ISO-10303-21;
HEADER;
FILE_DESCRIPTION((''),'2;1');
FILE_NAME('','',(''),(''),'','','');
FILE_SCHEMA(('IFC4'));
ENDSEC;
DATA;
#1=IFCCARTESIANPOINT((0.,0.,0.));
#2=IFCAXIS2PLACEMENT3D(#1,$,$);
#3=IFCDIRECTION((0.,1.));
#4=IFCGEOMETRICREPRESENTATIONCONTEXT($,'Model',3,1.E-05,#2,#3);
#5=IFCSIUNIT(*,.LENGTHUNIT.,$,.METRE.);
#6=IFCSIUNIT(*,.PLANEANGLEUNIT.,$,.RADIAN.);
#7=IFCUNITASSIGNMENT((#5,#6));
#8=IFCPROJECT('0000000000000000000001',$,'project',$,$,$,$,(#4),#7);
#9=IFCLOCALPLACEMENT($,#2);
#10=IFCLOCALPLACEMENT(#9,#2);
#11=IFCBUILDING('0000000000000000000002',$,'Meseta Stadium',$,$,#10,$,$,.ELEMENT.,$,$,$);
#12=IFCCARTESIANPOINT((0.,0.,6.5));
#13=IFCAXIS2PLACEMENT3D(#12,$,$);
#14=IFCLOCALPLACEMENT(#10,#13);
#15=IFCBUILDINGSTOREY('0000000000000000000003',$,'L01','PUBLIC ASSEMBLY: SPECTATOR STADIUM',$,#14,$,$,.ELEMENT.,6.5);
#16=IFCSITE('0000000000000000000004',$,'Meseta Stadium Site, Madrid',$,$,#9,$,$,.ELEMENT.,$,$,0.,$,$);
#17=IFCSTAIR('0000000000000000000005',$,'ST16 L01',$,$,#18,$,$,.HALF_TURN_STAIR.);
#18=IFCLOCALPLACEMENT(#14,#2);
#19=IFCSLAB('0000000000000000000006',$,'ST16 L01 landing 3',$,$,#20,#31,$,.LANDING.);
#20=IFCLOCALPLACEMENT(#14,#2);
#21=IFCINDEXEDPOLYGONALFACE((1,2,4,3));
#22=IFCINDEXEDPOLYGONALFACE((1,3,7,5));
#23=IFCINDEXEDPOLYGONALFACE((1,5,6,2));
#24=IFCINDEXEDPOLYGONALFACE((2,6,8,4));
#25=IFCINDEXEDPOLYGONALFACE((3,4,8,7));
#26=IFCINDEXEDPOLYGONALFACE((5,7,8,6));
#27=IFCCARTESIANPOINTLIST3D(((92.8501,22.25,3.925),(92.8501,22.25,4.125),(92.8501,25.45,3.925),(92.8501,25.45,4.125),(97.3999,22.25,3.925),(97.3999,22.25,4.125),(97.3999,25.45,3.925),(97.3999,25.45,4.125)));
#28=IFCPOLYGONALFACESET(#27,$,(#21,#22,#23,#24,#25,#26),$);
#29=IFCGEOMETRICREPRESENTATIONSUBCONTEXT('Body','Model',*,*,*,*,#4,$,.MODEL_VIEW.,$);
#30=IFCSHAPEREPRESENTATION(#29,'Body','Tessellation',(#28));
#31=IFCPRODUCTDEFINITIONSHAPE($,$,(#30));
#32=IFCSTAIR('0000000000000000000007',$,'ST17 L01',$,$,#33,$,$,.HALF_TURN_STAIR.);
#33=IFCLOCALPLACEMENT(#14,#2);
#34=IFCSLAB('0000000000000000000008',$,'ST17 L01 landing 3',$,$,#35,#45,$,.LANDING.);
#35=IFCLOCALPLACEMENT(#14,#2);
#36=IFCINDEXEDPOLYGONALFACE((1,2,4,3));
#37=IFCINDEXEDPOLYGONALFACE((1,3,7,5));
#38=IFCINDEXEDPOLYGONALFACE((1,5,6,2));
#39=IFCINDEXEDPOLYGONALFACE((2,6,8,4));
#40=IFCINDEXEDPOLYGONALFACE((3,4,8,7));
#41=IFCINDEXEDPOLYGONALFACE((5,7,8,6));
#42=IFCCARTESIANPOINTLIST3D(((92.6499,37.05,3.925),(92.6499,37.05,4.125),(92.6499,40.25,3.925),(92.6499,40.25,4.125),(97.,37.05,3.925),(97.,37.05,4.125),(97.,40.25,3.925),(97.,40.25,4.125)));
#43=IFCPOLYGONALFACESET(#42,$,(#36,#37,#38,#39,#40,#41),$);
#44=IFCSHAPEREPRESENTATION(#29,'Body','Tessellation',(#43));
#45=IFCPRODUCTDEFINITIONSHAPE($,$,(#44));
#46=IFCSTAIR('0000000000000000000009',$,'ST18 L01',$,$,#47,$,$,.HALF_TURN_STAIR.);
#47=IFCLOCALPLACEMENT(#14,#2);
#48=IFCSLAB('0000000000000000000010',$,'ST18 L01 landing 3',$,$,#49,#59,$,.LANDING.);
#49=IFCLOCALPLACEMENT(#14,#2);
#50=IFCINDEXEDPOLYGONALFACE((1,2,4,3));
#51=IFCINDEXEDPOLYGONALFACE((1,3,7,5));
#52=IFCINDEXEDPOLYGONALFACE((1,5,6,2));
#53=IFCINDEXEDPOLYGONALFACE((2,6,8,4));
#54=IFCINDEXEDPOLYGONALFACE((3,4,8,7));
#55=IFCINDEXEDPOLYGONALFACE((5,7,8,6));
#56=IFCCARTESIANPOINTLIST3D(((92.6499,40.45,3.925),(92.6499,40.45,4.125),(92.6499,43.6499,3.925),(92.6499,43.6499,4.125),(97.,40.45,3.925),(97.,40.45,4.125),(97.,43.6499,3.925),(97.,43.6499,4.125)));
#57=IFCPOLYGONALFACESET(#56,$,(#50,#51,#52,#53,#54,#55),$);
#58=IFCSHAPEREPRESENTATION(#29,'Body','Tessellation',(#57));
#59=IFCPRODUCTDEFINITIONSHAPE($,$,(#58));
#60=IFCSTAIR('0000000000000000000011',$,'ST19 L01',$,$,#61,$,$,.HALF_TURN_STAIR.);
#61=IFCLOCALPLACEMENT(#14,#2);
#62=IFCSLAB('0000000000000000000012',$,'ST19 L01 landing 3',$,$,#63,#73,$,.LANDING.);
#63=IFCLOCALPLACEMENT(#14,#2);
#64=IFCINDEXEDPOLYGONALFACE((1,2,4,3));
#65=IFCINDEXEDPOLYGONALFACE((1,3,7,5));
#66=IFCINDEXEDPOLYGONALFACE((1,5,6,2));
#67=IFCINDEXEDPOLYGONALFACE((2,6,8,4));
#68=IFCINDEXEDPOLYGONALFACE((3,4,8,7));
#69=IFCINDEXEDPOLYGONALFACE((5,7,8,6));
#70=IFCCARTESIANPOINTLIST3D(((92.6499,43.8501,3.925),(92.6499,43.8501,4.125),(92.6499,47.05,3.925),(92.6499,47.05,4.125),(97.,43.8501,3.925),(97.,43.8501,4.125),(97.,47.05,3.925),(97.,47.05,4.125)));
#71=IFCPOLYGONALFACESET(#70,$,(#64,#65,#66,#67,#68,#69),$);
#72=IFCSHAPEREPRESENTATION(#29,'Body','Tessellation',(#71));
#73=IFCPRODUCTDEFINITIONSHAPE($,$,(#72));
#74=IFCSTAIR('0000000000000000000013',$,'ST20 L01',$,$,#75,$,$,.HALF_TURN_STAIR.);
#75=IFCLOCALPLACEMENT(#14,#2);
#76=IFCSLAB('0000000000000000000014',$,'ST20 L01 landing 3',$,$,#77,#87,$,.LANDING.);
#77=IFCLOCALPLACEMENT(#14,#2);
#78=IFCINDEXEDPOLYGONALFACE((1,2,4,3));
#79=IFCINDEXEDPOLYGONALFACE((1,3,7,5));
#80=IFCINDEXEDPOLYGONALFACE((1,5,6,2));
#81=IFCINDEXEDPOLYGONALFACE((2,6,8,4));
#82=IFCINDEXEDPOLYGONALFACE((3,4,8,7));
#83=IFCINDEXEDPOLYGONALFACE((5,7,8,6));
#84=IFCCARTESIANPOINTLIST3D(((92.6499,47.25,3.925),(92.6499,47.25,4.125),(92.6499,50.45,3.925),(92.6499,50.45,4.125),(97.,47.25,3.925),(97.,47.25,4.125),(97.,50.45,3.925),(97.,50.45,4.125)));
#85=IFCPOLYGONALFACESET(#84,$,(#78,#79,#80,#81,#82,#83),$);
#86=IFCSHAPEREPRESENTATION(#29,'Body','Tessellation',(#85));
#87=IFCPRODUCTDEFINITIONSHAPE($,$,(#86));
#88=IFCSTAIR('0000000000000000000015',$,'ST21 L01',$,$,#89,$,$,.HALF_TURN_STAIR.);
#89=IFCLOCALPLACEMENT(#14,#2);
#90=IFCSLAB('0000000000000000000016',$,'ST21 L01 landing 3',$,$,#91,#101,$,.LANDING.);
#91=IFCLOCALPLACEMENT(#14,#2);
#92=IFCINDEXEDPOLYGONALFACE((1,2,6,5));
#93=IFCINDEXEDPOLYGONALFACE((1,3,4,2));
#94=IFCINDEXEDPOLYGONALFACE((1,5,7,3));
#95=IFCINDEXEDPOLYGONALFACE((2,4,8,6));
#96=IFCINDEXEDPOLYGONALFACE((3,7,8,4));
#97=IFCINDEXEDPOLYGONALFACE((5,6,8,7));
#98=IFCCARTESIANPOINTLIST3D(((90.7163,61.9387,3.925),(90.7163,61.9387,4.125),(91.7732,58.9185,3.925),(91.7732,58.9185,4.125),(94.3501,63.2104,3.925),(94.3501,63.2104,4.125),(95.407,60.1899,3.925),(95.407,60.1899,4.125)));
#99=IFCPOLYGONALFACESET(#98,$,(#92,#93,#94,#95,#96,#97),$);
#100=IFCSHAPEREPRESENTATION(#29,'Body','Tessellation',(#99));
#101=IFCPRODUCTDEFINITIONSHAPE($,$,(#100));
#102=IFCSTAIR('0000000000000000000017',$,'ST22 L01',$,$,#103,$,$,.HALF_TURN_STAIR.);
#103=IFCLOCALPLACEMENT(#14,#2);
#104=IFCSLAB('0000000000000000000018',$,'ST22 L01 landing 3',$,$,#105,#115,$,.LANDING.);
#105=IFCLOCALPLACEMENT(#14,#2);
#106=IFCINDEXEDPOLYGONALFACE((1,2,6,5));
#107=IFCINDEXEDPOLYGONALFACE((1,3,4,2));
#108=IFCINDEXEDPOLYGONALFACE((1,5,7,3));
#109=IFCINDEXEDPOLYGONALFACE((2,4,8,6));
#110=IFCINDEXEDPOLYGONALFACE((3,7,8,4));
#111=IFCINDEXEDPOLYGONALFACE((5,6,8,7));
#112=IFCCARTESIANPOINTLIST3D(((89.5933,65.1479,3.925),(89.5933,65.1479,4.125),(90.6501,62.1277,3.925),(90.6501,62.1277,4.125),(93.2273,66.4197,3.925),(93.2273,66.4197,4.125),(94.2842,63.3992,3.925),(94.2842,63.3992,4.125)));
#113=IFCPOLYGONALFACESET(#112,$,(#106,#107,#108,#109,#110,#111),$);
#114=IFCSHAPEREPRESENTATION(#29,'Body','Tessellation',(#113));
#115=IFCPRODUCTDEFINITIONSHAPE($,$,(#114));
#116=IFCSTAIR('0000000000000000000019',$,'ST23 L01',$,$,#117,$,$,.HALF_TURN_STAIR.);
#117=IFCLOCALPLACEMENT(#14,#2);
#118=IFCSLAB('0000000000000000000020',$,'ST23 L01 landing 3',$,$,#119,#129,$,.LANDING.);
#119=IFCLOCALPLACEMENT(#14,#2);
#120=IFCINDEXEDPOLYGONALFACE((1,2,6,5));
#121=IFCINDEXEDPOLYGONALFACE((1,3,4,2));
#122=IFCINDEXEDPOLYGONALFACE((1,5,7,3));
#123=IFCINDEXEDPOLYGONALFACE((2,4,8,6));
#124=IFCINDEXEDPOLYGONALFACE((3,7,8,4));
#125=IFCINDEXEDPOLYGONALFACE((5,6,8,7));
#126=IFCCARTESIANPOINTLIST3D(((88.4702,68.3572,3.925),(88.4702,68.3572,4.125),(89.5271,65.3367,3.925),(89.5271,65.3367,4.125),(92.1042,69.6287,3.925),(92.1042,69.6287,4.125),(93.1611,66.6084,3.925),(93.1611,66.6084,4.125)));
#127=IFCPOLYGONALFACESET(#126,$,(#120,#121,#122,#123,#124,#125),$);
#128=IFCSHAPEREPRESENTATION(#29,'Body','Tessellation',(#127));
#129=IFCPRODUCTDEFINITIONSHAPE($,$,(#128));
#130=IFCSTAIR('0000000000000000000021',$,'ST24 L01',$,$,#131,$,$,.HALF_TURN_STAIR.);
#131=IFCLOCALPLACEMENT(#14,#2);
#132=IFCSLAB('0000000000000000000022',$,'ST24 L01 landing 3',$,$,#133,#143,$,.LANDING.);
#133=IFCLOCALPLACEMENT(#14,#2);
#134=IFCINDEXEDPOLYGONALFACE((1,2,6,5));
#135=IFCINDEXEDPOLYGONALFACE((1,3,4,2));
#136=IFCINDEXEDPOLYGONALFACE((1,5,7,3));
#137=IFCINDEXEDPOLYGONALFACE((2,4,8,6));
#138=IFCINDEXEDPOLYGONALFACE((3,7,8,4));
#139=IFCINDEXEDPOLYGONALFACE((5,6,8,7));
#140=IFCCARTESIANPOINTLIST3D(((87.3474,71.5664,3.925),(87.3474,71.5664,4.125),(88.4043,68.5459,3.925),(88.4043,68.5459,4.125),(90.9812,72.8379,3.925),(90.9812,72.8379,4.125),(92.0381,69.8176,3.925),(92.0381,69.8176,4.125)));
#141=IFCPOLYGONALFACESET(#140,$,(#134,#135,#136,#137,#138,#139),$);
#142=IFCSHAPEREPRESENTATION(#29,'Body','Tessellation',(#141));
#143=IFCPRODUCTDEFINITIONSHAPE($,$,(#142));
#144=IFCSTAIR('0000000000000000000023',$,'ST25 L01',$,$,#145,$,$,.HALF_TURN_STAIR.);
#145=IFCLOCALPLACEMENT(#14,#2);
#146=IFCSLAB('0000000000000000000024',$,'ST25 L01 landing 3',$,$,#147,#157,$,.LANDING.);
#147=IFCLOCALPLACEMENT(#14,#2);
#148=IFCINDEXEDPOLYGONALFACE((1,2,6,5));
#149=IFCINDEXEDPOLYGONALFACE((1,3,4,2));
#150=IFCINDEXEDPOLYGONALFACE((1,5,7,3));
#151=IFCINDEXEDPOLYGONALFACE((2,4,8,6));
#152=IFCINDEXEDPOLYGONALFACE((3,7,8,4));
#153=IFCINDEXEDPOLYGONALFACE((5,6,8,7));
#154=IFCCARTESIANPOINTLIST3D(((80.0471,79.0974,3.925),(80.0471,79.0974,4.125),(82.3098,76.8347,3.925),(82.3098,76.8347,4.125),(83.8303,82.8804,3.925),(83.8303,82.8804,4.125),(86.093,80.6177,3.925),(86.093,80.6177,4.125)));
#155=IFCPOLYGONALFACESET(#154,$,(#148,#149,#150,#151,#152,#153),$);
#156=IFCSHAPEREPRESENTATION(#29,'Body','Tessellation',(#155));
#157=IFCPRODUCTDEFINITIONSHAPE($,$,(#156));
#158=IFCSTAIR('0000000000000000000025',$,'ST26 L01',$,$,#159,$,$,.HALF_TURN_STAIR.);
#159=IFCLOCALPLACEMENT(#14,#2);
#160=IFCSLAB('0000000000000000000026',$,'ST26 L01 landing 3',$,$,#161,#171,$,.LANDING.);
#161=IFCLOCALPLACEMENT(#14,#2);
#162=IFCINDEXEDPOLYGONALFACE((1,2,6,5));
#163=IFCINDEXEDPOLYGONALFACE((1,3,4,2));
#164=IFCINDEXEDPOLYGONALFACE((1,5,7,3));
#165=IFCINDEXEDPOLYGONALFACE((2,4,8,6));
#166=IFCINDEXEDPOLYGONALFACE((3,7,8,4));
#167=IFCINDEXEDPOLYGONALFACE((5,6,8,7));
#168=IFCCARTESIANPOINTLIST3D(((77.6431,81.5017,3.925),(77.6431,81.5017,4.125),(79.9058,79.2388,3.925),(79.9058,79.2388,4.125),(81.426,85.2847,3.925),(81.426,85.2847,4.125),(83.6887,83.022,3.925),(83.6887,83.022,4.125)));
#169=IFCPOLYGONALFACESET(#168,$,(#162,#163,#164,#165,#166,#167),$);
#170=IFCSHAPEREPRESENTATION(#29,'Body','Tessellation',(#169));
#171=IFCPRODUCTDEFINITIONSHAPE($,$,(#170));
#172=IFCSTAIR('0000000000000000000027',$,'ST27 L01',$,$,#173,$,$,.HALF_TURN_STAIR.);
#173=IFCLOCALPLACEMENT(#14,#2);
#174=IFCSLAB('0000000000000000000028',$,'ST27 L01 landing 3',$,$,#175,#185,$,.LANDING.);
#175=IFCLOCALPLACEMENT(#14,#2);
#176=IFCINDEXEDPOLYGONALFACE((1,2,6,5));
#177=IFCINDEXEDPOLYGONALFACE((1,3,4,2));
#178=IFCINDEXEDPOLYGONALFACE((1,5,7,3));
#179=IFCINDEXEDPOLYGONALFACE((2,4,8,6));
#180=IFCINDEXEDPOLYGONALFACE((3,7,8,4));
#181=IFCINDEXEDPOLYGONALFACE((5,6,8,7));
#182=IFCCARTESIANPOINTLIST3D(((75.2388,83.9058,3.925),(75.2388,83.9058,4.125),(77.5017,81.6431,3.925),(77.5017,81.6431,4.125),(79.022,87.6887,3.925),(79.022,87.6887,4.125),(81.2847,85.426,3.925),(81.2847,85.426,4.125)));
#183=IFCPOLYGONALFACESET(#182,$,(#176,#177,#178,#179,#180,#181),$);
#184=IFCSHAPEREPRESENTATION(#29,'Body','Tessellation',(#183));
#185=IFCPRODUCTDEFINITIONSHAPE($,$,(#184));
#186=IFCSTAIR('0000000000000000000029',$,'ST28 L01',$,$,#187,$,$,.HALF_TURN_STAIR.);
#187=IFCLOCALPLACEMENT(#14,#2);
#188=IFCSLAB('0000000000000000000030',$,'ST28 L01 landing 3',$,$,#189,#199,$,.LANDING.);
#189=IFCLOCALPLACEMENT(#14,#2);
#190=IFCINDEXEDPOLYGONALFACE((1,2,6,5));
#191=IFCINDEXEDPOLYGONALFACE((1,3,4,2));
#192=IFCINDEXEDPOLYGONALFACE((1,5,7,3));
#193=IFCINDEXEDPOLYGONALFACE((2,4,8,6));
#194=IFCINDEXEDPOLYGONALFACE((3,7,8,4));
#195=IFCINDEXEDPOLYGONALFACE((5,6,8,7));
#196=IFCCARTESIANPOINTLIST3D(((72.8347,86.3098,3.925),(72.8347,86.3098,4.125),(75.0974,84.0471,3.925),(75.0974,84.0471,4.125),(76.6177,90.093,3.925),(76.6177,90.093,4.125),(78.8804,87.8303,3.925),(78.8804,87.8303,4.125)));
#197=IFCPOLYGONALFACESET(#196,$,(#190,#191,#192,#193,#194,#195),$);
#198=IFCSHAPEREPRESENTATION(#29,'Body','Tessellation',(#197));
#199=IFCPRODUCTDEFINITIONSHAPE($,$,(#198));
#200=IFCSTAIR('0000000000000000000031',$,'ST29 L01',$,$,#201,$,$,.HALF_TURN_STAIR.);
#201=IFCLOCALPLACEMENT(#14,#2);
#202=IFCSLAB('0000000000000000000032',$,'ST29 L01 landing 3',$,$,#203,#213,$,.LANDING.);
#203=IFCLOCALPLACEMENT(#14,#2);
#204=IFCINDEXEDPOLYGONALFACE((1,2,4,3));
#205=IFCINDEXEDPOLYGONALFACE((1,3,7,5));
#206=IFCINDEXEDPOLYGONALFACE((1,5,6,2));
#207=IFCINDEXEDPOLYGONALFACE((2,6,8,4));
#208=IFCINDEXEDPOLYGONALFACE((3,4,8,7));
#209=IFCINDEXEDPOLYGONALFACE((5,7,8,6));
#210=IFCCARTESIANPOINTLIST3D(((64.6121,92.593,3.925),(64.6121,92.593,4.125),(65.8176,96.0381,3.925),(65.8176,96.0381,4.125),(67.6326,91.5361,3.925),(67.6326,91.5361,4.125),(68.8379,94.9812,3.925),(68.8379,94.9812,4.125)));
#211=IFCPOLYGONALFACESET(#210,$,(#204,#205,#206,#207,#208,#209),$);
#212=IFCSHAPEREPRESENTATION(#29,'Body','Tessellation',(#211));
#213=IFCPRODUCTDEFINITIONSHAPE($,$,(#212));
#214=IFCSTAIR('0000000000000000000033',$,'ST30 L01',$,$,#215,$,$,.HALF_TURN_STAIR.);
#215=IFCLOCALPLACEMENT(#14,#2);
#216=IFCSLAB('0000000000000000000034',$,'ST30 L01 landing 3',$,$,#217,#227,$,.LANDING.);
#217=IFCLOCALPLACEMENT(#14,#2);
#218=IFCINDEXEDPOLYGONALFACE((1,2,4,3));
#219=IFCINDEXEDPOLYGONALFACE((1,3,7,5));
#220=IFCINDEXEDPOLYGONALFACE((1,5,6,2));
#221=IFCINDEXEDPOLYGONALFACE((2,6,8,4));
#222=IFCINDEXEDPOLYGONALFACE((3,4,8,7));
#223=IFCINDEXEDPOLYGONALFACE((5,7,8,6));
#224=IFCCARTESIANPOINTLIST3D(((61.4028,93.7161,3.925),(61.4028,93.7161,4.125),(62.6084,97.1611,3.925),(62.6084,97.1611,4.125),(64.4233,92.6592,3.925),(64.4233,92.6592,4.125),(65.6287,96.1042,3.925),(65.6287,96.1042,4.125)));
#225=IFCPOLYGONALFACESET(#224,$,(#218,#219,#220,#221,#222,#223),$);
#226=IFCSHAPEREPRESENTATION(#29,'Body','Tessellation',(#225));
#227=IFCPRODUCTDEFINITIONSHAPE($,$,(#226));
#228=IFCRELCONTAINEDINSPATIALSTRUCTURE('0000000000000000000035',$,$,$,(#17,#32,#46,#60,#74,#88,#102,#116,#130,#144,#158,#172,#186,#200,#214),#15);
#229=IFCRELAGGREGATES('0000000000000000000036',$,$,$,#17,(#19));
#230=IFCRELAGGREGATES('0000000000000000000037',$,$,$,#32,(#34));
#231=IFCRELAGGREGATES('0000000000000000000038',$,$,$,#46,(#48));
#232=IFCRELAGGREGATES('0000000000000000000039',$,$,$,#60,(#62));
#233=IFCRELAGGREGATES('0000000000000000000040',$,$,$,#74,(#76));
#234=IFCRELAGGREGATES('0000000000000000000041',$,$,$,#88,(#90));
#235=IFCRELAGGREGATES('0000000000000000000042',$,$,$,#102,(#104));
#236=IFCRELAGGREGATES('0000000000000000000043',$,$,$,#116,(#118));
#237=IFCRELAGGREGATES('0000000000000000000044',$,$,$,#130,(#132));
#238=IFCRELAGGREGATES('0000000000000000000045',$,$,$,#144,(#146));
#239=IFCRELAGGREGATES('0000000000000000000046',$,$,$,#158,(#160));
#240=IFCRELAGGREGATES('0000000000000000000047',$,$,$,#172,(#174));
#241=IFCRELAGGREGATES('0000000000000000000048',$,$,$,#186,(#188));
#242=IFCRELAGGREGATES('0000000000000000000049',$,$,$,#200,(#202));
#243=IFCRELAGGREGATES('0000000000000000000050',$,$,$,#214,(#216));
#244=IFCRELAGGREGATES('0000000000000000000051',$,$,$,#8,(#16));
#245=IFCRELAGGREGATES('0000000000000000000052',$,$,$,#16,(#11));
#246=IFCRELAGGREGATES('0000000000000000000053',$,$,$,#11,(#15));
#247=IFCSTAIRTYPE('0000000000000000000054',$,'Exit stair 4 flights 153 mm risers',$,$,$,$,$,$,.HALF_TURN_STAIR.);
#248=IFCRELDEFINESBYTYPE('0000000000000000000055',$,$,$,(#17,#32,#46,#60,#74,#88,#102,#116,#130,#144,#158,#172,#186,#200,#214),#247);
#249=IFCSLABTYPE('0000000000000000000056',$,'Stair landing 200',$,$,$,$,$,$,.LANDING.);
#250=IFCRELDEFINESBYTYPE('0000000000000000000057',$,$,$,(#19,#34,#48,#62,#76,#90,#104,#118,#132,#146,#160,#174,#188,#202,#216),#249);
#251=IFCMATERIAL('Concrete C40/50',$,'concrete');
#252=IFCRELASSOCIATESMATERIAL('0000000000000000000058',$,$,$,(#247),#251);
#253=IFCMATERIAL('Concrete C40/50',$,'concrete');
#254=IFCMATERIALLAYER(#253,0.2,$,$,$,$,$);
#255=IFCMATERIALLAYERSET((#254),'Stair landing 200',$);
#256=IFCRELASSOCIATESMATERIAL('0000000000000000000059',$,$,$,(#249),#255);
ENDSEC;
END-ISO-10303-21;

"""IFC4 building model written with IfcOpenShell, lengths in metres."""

from ifc_helpers import new_model, si_unit, direction, frame, origin, place, context, subcontext, project, spatial, polyline, outline, extrude, material, layer, layer_set, type_object, element, aggregate, save


model = new_model("IFC4")

# Units and contexts
model_context = context("Model", 3, precision=1e-05, world=origin(), true_north=direction((0.0, 1.0)))
body_context = subcontext(model_context, "Body", "Model", "MODEL_VIEW")
ifc_project = project(units=[si_unit("LENGTHUNIT", "METRE"), si_unit("PLANEANGLEUNIT", "RADIAN")], contexts=[model_context])

# Site, building, storey
site_placement = place(None, origin())
site = spatial("IfcSite", under=ifc_project, at=site_placement, Name="Meseta Stadium Site, Madrid", CompositionType="ELEMENT", RefElevation=0.0)
building_placement = place(site_placement, origin())
building = spatial("IfcBuilding", under=site, at=building_placement, Name="Meseta Stadium", CompositionType="ELEMENT")
storey_placement = place(building_placement, frame((0.0, 0.0, 6.5)))
storey = spatial("IfcBuildingStorey", under=building, at=storey_placement, Name="L01", Description="PUBLIC ASSEMBLY: SPECTATOR STADIUM", CompositionType="ELEMENT", Elevation=6.5)

# Stairs, slabs
ifc_material_1 = material(Name="Concrete C40/50", Category="concrete")
stair_type = type_object("IfcStairType", Name="Exit stair 4 flights 153 mm risers", PredefinedType="HALF_TURN_STAIR", material=ifc_material_1)
ifc_material_2 = material(Name="Concrete C40/50", Category="concrete")
ifc_layer = layer(ifc_material_2, 0.2)
ifc_layer_set = layer_set([ifc_layer], Name="Stair landing 200")
slab_type = type_object("IfcSlabType", Name="Stair landing 200", PredefinedType="LANDING", material=ifc_layer_set)
stair_1_placement = place(storey_placement, origin())
stair_1 = element("IfcStair", 1, at=stair_1_placement, inside=storey, type_object=stair_type, Name="ST16 L01", PredefinedType="HALF_TURN_STAIR")
slab_1_placement = place(storey_placement, frame((0.0, 0.0, 3.925)))
slab_1 = element("IfcSlab", 2, at=slab_1_placement, type_object=slab_type, Name="ST16 L01 landing 3", PredefinedType="LANDING", context=body_context, shape_type="SweptSolid", body=[
    extrude(outline(polyline([(92.8501, 22.25), (97.3999, 22.25), (97.3999, 25.45), (92.8501, 25.45), (92.8501, 22.25)])), origin(), (0.0, 0.0, 1.0), 0.2),
])
aggregate(stair_1, [slab_1])
stair_2_placement = place(storey_placement, origin())
stair_2 = element("IfcStair", 3, at=stair_2_placement, inside=storey, type_object=stair_type, Name="ST17 L01", PredefinedType="HALF_TURN_STAIR")
slab_2_placement = place(storey_placement, frame((0.0, 0.0, 3.925)))
slab_2 = element("IfcSlab", 4, at=slab_2_placement, type_object=slab_type, Name="ST17 L01 landing 3", PredefinedType="LANDING", context=body_context, shape_type="SweptSolid", body=[
    extrude(outline(polyline([(92.6499, 37.05), (97.0, 37.05), (97.0, 40.25), (92.6499, 40.25), (92.6499, 37.05)])), origin(), (0.0, 0.0, 1.0), 0.2),
])
aggregate(stair_2, [slab_2])
stair_3_placement = place(storey_placement, origin())
stair_3 = element("IfcStair", 5, at=stair_3_placement, inside=storey, type_object=stair_type, Name="ST18 L01", PredefinedType="HALF_TURN_STAIR")
slab_3_placement = place(storey_placement, frame((0.0, 0.0, 3.925)))
slab_3 = element("IfcSlab", 6, at=slab_3_placement, type_object=slab_type, Name="ST18 L01 landing 3", PredefinedType="LANDING", context=body_context, shape_type="SweptSolid", body=[
    extrude(outline(polyline([(92.6499, 40.45), (97.0, 40.45), (97.0, 43.6499), (92.6499, 43.6499), (92.6499, 40.45)])), origin(), (0.0, 0.0, 1.0), 0.2),
])
aggregate(stair_3, [slab_3])
stair_4_placement = place(storey_placement, origin())
stair_4 = element("IfcStair", 7, at=stair_4_placement, inside=storey, type_object=stair_type, Name="ST19 L01", PredefinedType="HALF_TURN_STAIR")
slab_4_placement = place(storey_placement, frame((0.0, 0.0, 3.925)))
slab_4 = element("IfcSlab", 8, at=slab_4_placement, type_object=slab_type, Name="ST19 L01 landing 3", PredefinedType="LANDING", context=body_context, shape_type="SweptSolid", body=[
    extrude(outline(polyline([(92.6499, 43.8501), (97.0, 43.8501), (97.0, 47.05), (92.6499, 47.05), (92.6499, 43.8501)])), origin(), (0.0, 0.0, 1.0), 0.2),
])
aggregate(stair_4, [slab_4])
stair_5_placement = place(storey_placement, origin())
stair_5 = element("IfcStair", 9, at=stair_5_placement, inside=storey, type_object=stair_type, Name="ST20 L01", PredefinedType="HALF_TURN_STAIR")
slab_5_placement = place(storey_placement, frame((0.0, 0.0, 3.925)))
slab_5 = element("IfcSlab", 10, at=slab_5_placement, type_object=slab_type, Name="ST20 L01 landing 3", PredefinedType="LANDING", context=body_context, shape_type="SweptSolid", body=[
    extrude(outline(polyline([(92.6499, 47.25), (97.0, 47.25), (97.0, 50.45), (92.6499, 50.45), (92.6499, 47.25)])), origin(), (0.0, 0.0, 1.0), 0.2),
])
aggregate(stair_5, [slab_5])
stair_6_placement = place(storey_placement, origin())
stair_6 = element("IfcStair", 11, at=stair_6_placement, inside=storey, type_object=stair_type, Name="ST21 L01", PredefinedType="HALF_TURN_STAIR")
slab_6_placement = place(storey_placement, frame((0.0, 0.0, 3.925)))
slab_6 = element("IfcSlab", 12, at=slab_6_placement, type_object=slab_type, Name="ST21 L01 landing 3", PredefinedType="LANDING", context=body_context, shape_type="SweptSolid", body=[
    extrude(outline(polyline([(91.7732, 58.9185), (95.407, 60.1899), (94.3501, 63.2104), (90.7163, 61.9387), (91.7732, 58.9185)])), origin(), (0.0, 0.0, 1.0), 0.2),
])
aggregate(stair_6, [slab_6])
stair_7_placement = place(storey_placement, origin())
stair_7 = element("IfcStair", 13, at=stair_7_placement, inside=storey, type_object=stair_type, Name="ST22 L01", PredefinedType="HALF_TURN_STAIR")
slab_7_placement = place(storey_placement, frame((0.0, 0.0, 3.925)))
slab_7 = element("IfcSlab", 14, at=slab_7_placement, type_object=slab_type, Name="ST22 L01 landing 3", PredefinedType="LANDING", context=body_context, shape_type="SweptSolid", body=[
    extrude(outline(polyline([(90.6501, 62.1277), (94.2842, 63.3992), (93.2273, 66.4197), (89.5933, 65.1479), (90.6501, 62.1277)])), origin(), (0.0, 0.0, 1.0), 0.2),
])
aggregate(stair_7, [slab_7])
stair_8_placement = place(storey_placement, origin())
stair_8 = element("IfcStair", 15, at=stair_8_placement, inside=storey, type_object=stair_type, Name="ST23 L01", PredefinedType="HALF_TURN_STAIR")
slab_8_placement = place(storey_placement, frame((0.0, 0.0, 3.925)))
slab_8 = element("IfcSlab", 16, at=slab_8_placement, type_object=slab_type, Name="ST23 L01 landing 3", PredefinedType="LANDING", context=body_context, shape_type="SweptSolid", body=[
    extrude(outline(polyline([(89.5271, 65.3367), (93.1611, 66.6084), (92.1042, 69.6287), (88.4702, 68.3572), (89.5271, 65.3367)])), origin(), (0.0, 0.0, 1.0), 0.2),
])
aggregate(stair_8, [slab_8])
stair_9_placement = place(storey_placement, origin())
stair_9 = element("IfcStair", 17, at=stair_9_placement, inside=storey, type_object=stair_type, Name="ST24 L01", PredefinedType="HALF_TURN_STAIR")
slab_9_placement = place(storey_placement, frame((0.0, 0.0, 3.925)))
slab_9 = element("IfcSlab", 18, at=slab_9_placement, type_object=slab_type, Name="ST24 L01 landing 3", PredefinedType="LANDING", context=body_context, shape_type="SweptSolid", body=[
    extrude(outline(polyline([(88.4043, 68.5459), (92.0381, 69.8176), (90.9812, 72.8379), (87.3474, 71.5664), (88.4043, 68.5459)])), origin(), (0.0, 0.0, 1.0), 0.2),
])
aggregate(stair_9, [slab_9])
stair_10_placement = place(storey_placement, origin())
stair_10 = element("IfcStair", 19, at=stair_10_placement, inside=storey, type_object=stair_type, Name="ST25 L01", PredefinedType="HALF_TURN_STAIR")
slab_10_placement = place(storey_placement, frame((0.0, 0.0, 3.925)))
slab_10 = element("IfcSlab", 20, at=slab_10_placement, type_object=slab_type, Name="ST25 L01 landing 3", PredefinedType="LANDING", context=body_context, shape_type="SweptSolid", body=[
    extrude(outline(polyline([(82.3098, 76.8347), (86.093, 80.6177), (83.8303, 82.8804), (80.0471, 79.0974), (82.3098, 76.8347)])), origin(), (0.0, 0.0, 1.0), 0.2),
])
aggregate(stair_10, [slab_10])
stair_11_placement = place(storey_placement, origin())
stair_11 = element("IfcStair", 21, at=stair_11_placement, inside=storey, type_object=stair_type, Name="ST26 L01", PredefinedType="HALF_TURN_STAIR")
slab_11_placement = place(storey_placement, frame((0.0, 0.0, 3.925)))
slab_11 = element("IfcSlab", 22, at=slab_11_placement, type_object=slab_type, Name="ST26 L01 landing 3", PredefinedType="LANDING", context=body_context, shape_type="SweptSolid", body=[
    extrude(outline(polyline([(79.9058, 79.2388), (83.6887, 83.022), (81.426, 85.2847), (77.6431, 81.5017), (79.9058, 79.2388)])), origin(), (0.0, 0.0, 1.0), 0.2),
])
aggregate(stair_11, [slab_11])
stair_12_placement = place(storey_placement, origin())
stair_12 = element("IfcStair", 23, at=stair_12_placement, inside=storey, type_object=stair_type, Name="ST27 L01", PredefinedType="HALF_TURN_STAIR")
slab_12_placement = place(storey_placement, frame((0.0, 0.0, 3.925)))
slab_12 = element("IfcSlab", 24, at=slab_12_placement, type_object=slab_type, Name="ST27 L01 landing 3", PredefinedType="LANDING", context=body_context, shape_type="SweptSolid", body=[
    extrude(outline(polyline([(77.5017, 81.6431), (81.2847, 85.426), (79.022, 87.6887), (75.2388, 83.9058), (77.5017, 81.6431)])), origin(), (0.0, 0.0, 1.0), 0.2),
])
aggregate(stair_12, [slab_12])
stair_13_placement = place(storey_placement, origin())
stair_13 = element("IfcStair", 25, at=stair_13_placement, inside=storey, type_object=stair_type, Name="ST28 L01", PredefinedType="HALF_TURN_STAIR")
slab_13_placement = place(storey_placement, frame((0.0, 0.0, 3.925)))
slab_13 = element("IfcSlab", 26, at=slab_13_placement, type_object=slab_type, Name="ST28 L01 landing 3", PredefinedType="LANDING", context=body_context, shape_type="SweptSolid", body=[
    extrude(outline(polyline([(75.0974, 84.0471), (78.8804, 87.8303), (76.6177, 90.093), (72.8347, 86.3098), (75.0974, 84.0471)])), origin(), (0.0, 0.0, 1.0), 0.2),
])
aggregate(stair_13, [slab_13])
stair_14_placement = place(storey_placement, origin())
stair_14 = element("IfcStair", 27, at=stair_14_placement, inside=storey, type_object=stair_type, Name="ST29 L01", PredefinedType="HALF_TURN_STAIR")
slab_14_placement = place(storey_placement, frame((0.0, 0.0, 3.925)))
slab_14 = element("IfcSlab", 28, at=slab_14_placement, type_object=slab_type, Name="ST29 L01 landing 3", PredefinedType="LANDING", context=body_context, shape_type="SweptSolid", body=[
    extrude(outline(polyline([(67.6326, 91.5361), (68.8379, 94.9812), (65.8176, 96.0381), (64.6121, 92.593), (67.6326, 91.5361)])), origin(), (0.0, 0.0, 1.0), 0.2),
])
aggregate(stair_14, [slab_14])
stair_15_placement = place(storey_placement, origin())
stair_15 = element("IfcStair", 29, at=stair_15_placement, inside=storey, type_object=stair_type, Name="ST30 L01", PredefinedType="HALF_TURN_STAIR")
slab_15_placement = place(storey_placement, frame((0.0, 0.0, 3.925)))
slab_15 = element("IfcSlab", 30, at=slab_15_placement, type_object=slab_type, Name="ST30 L01 landing 3", PredefinedType="LANDING", context=body_context, shape_type="SweptSolid", body=[
    extrude(outline(polyline([(64.4233, 92.6592), (65.6287, 96.1042), (62.6084, 97.1611), (61.4028, 93.7161), (64.4233, 92.6592)])), origin(), (0.0, 0.0, 1.0), 0.2),
])
aggregate(stair_15, [slab_15])

save(model, "model.ifc")
